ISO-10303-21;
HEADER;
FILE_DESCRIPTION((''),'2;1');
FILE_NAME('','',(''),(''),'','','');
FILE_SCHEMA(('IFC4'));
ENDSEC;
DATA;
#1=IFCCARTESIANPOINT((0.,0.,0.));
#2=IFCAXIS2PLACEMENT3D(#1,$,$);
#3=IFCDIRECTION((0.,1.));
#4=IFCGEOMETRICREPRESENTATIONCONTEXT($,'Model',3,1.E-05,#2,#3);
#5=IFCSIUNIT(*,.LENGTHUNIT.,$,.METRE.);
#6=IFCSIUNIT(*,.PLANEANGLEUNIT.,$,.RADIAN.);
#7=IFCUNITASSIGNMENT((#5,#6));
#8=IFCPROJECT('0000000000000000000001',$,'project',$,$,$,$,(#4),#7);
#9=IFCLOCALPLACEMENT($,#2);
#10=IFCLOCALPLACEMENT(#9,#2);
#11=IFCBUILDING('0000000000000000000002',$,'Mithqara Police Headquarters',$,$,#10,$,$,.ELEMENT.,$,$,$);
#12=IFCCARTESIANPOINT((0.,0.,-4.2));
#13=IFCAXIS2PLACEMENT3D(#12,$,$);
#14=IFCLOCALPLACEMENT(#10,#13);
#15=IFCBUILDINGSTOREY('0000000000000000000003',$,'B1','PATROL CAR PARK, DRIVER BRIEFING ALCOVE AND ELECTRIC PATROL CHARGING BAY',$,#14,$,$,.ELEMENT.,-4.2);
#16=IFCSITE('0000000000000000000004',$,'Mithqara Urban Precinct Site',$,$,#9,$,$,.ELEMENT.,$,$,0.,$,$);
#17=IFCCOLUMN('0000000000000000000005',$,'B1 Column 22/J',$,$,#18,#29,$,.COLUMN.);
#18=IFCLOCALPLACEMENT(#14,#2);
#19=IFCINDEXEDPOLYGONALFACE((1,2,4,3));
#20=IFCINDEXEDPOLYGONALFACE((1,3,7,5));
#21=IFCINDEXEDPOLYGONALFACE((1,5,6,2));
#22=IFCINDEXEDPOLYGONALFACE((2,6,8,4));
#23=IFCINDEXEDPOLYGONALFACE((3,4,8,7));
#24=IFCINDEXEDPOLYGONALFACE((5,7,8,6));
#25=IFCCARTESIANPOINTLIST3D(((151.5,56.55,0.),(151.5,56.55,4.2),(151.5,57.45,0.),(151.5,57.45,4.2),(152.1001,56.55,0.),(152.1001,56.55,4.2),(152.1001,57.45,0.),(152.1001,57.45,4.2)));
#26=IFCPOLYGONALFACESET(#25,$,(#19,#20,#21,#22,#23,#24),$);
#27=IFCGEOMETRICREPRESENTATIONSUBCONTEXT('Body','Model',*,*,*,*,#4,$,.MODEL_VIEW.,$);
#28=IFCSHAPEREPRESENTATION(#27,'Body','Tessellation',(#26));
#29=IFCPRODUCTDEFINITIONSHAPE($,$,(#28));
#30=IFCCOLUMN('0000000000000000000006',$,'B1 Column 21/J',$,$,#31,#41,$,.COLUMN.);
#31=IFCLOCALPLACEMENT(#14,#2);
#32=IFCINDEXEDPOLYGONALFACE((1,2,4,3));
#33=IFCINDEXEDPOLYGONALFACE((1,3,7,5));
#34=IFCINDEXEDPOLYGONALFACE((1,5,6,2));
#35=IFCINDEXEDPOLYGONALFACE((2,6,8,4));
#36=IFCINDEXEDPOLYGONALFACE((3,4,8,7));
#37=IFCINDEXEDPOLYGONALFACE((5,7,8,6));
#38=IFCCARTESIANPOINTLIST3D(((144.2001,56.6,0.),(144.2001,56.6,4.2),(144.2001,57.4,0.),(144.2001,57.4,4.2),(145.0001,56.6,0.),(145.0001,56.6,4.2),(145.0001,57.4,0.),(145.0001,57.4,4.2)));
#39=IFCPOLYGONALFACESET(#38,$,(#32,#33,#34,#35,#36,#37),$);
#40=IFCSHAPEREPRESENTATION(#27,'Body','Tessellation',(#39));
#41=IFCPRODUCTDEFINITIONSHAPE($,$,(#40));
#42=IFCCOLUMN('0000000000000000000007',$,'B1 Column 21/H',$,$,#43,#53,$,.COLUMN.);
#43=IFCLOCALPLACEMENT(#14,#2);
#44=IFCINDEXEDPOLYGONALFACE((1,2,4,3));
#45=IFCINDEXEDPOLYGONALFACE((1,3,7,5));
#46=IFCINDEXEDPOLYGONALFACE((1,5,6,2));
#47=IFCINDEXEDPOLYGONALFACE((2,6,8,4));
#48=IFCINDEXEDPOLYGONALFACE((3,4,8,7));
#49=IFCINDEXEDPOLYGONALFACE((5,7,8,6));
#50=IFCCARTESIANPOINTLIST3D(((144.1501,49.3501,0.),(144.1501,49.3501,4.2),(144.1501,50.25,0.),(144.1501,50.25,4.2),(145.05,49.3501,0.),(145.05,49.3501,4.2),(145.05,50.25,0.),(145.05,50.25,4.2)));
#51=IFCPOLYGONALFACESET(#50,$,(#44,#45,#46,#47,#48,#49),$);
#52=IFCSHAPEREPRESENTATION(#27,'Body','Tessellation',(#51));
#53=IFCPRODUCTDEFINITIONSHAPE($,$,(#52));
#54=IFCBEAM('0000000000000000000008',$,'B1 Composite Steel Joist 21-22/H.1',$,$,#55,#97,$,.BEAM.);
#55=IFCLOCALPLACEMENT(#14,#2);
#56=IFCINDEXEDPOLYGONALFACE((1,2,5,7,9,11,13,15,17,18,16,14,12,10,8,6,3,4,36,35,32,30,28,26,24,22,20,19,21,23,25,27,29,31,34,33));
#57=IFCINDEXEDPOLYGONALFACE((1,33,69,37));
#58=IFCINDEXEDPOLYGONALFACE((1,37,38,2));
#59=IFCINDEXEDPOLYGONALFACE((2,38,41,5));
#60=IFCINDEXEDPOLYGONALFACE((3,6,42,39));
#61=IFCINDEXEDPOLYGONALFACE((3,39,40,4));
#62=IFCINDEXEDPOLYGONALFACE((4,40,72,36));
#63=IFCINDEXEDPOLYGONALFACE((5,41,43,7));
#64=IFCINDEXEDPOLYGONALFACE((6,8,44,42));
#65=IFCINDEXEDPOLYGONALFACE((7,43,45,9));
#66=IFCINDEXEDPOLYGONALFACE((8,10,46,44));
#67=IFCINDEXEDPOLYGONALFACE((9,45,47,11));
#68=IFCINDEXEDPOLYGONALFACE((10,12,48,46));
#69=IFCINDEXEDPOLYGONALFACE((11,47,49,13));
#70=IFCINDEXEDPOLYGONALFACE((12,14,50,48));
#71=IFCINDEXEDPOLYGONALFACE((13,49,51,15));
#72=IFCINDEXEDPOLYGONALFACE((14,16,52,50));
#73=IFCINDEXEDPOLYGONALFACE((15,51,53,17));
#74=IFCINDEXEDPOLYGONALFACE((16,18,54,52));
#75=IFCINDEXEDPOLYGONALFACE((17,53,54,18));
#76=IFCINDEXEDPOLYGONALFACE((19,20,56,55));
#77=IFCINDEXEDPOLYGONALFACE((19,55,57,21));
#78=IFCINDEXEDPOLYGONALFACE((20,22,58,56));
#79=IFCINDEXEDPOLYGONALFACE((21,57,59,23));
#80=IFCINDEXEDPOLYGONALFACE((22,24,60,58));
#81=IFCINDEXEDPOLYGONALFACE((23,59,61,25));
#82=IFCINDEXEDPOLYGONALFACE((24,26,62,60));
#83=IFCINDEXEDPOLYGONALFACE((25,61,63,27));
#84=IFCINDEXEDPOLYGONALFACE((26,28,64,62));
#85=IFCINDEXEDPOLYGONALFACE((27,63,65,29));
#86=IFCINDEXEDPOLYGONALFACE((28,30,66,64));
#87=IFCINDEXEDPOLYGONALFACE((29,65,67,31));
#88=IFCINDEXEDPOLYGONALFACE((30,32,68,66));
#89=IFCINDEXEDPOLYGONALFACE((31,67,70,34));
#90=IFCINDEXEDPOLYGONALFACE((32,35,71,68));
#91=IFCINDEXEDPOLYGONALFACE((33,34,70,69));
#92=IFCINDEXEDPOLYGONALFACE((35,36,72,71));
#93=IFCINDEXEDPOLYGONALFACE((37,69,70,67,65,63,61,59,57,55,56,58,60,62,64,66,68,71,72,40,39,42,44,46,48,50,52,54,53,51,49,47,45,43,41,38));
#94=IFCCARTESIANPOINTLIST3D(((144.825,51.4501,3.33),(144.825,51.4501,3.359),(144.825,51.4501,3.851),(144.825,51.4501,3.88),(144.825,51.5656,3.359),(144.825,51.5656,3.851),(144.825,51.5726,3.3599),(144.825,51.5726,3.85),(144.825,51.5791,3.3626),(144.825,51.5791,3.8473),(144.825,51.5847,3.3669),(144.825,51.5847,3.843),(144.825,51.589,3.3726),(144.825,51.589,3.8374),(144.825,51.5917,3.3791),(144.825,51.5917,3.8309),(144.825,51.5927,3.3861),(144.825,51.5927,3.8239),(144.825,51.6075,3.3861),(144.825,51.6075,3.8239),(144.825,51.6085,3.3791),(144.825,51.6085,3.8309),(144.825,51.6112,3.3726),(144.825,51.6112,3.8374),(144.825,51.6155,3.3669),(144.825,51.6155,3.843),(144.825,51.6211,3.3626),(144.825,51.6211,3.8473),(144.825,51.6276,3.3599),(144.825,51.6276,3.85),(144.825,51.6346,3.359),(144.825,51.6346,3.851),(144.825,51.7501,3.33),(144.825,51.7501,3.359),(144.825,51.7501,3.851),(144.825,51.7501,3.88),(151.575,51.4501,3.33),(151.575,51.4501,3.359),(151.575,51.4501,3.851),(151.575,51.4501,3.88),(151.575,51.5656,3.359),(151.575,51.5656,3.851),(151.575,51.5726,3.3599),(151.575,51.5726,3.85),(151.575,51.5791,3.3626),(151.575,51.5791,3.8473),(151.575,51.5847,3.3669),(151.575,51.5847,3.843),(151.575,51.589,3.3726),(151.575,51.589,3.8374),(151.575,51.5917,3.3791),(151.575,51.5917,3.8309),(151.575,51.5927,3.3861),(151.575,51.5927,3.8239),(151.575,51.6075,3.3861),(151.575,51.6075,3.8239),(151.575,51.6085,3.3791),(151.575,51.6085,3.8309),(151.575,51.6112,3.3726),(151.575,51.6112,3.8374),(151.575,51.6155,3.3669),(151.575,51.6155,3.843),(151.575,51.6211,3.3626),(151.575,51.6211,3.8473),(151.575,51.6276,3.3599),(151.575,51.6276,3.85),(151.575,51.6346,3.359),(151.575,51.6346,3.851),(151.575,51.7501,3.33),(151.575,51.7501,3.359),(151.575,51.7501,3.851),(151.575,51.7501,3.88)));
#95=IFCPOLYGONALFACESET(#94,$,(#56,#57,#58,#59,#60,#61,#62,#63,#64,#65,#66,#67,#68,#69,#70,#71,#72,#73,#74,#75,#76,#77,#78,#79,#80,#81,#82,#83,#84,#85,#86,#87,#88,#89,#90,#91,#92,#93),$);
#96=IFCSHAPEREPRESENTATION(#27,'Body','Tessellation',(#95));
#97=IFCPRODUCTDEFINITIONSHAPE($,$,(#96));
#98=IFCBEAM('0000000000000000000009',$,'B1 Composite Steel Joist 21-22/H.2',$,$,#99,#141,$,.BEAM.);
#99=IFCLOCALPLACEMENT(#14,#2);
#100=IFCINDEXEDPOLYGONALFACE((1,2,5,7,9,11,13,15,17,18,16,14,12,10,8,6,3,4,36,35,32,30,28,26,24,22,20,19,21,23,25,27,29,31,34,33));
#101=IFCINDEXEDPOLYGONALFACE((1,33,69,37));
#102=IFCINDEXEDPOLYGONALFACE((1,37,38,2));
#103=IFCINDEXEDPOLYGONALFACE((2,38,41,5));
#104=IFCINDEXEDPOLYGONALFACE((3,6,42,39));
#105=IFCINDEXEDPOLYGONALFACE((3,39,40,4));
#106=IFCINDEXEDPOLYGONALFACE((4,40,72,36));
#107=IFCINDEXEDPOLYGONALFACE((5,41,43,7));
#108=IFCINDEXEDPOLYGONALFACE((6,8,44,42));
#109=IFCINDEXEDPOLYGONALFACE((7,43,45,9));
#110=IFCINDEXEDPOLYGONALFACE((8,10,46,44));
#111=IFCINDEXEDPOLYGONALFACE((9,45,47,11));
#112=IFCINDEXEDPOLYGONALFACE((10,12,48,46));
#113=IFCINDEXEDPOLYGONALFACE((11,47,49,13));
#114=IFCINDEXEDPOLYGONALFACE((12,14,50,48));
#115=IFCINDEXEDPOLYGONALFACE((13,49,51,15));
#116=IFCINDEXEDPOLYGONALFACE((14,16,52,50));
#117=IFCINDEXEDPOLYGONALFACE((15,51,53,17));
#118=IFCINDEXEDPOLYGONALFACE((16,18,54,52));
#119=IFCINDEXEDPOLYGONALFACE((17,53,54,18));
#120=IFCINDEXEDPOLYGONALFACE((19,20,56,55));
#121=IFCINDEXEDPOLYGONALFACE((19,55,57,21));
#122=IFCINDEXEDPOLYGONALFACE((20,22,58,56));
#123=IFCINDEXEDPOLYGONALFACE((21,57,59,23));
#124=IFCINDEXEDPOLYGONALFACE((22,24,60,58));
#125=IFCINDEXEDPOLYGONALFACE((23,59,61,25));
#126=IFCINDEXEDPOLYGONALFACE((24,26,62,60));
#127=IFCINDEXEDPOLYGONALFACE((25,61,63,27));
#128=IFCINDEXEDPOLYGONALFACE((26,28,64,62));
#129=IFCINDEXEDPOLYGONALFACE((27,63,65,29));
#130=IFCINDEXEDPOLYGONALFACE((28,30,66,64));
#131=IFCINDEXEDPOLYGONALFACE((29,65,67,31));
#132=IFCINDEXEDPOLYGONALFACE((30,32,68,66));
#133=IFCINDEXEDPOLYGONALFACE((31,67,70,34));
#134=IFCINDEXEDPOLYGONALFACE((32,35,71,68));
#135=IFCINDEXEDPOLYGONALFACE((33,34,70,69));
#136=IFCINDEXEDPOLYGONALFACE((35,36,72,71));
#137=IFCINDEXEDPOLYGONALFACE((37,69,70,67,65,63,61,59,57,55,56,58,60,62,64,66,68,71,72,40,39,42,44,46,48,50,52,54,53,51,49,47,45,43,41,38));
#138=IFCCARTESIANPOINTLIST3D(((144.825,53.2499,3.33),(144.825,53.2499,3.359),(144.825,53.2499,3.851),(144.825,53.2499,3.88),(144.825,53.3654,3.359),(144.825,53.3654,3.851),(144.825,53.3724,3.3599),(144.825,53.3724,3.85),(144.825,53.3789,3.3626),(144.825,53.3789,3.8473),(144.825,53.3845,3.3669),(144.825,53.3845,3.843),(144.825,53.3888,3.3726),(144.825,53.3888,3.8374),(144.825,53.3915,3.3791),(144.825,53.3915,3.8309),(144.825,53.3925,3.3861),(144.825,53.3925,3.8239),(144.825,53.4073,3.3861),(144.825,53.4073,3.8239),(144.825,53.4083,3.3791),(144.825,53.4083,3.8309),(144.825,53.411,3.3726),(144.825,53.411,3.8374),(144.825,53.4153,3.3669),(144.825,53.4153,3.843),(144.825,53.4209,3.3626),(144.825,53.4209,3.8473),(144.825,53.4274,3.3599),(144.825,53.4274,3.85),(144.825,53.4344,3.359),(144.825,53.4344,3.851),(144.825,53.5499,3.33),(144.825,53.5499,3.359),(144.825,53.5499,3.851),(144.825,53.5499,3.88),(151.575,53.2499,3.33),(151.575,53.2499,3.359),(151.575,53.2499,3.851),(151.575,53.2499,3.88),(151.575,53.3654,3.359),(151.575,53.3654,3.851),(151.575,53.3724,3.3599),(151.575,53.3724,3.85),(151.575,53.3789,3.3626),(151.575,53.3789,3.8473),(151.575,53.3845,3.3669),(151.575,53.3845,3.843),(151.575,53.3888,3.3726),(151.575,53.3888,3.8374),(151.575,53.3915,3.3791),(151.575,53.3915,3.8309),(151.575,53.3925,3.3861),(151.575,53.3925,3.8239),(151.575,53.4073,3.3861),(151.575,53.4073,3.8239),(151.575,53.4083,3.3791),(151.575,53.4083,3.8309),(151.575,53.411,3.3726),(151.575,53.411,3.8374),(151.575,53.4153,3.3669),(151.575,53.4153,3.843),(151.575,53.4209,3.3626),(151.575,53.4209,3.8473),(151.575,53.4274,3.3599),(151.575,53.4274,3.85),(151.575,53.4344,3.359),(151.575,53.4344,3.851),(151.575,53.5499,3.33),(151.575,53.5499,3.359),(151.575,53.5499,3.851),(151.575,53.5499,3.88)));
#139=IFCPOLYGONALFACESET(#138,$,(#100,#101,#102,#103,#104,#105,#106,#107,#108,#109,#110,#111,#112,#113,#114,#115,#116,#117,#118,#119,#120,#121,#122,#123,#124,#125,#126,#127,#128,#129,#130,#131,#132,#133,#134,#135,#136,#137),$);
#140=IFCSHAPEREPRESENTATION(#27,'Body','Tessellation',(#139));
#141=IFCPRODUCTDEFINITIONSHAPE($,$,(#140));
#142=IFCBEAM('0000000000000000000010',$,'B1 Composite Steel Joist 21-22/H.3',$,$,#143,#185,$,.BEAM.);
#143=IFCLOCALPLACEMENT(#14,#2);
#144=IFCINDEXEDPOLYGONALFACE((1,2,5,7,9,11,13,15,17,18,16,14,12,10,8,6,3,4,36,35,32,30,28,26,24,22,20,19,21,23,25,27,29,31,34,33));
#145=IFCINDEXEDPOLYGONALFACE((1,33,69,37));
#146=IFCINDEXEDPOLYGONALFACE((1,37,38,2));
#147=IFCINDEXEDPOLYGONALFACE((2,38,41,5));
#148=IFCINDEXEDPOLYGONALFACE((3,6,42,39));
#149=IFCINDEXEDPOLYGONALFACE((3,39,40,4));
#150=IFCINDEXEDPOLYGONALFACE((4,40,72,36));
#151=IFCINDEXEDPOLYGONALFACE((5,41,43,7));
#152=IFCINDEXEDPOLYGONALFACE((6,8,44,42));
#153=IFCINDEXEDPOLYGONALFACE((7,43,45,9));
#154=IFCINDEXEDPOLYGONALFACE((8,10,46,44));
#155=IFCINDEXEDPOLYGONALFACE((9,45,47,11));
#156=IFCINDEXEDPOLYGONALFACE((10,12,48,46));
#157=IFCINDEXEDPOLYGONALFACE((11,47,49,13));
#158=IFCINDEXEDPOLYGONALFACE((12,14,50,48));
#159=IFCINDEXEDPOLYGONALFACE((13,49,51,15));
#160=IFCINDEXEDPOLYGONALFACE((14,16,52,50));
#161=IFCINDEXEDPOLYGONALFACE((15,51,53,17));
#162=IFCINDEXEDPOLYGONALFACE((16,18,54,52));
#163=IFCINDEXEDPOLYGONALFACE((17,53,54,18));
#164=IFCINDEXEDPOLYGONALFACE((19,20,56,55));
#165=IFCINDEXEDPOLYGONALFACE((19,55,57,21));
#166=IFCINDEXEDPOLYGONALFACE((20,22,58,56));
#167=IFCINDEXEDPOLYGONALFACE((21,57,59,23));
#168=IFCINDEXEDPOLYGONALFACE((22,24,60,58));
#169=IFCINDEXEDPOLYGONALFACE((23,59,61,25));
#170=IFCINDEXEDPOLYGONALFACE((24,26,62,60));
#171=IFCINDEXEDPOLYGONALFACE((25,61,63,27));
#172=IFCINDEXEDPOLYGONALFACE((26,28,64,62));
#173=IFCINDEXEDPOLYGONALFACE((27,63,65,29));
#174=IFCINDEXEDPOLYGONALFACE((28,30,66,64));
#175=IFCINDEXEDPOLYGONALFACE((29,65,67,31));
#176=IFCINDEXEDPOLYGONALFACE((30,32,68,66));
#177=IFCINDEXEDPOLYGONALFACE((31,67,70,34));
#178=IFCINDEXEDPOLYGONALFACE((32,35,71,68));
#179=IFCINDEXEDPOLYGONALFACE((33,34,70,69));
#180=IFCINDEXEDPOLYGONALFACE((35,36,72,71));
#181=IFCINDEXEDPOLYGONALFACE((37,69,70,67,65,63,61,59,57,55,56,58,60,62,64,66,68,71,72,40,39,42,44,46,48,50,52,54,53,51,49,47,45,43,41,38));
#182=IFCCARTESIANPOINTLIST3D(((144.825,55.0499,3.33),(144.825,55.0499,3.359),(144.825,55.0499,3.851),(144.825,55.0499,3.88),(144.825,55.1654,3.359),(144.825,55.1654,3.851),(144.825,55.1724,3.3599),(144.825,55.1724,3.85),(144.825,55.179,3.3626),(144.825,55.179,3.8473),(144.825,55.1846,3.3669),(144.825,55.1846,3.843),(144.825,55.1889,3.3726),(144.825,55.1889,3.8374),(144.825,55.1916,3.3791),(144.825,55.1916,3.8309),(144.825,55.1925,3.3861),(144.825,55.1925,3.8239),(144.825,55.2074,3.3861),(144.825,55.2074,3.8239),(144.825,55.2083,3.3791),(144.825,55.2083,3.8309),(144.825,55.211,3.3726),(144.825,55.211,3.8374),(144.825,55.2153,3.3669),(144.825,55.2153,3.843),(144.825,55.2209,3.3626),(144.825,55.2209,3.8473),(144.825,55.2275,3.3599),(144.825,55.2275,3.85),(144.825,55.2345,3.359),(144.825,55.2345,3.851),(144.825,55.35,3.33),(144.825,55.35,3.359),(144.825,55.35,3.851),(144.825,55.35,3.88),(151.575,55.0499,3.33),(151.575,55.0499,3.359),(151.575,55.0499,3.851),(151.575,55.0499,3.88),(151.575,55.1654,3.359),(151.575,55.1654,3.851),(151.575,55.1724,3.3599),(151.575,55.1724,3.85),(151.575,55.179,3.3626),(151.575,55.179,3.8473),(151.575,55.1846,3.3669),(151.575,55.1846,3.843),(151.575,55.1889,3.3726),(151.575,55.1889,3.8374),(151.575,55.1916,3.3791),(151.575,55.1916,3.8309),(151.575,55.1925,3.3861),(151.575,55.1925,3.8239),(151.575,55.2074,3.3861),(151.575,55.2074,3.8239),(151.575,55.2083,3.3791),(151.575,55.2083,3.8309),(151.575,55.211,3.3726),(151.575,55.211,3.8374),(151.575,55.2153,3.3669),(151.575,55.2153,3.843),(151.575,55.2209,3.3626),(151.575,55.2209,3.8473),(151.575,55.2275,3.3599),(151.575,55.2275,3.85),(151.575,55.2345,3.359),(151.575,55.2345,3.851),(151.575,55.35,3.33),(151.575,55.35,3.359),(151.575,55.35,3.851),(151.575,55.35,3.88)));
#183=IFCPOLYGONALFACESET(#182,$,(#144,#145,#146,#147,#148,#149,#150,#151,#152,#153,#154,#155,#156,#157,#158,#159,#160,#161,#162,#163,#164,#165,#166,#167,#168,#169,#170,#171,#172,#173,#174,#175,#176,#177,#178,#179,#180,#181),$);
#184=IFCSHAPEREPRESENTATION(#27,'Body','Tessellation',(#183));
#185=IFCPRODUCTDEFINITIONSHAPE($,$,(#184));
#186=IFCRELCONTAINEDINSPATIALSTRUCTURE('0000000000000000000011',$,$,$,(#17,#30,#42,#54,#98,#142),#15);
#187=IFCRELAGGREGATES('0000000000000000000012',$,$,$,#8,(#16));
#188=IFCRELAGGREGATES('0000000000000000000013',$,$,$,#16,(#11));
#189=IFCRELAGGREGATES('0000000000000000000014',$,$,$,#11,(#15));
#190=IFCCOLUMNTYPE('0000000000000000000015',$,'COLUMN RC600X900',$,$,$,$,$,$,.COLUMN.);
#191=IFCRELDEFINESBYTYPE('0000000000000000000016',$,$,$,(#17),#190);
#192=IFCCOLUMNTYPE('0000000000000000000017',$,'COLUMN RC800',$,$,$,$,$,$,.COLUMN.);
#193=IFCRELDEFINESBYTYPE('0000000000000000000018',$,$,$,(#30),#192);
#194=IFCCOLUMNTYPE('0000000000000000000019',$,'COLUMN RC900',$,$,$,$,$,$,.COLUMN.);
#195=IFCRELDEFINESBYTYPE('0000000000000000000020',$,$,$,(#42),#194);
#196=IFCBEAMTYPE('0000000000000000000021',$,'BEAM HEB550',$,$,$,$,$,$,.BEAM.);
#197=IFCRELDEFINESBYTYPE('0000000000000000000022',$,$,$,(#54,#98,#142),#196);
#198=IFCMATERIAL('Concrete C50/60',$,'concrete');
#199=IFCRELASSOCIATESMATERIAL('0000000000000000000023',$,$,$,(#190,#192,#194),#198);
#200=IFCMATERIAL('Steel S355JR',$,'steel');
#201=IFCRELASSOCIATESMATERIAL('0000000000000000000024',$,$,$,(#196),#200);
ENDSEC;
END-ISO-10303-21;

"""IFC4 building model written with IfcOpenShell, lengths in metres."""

from ifc_helpers import new_model, si_unit, direction, frame, origin, origin_2d, place, context, subcontext, project, spatial, rectangle, i_section, extrude, material, material_profile, profile_set, type_object, element, save


model = new_model("IFC4")

# Units and contexts
model_context = context("Model", 3, precision=1e-05, world=origin(), true_north=direction((0.0, 1.0)))
body_context = subcontext(model_context, "Body", "Model", "MODEL_VIEW")
ifc_project = project(units=[si_unit("LENGTHUNIT", "METRE"), si_unit("PLANEANGLEUNIT", "RADIAN")], contexts=[model_context])

# Site, building, storey
site_placement = place(None, origin())
site = spatial("IfcSite", under=ifc_project, at=site_placement, Name="Mithqara Urban Precinct Site", CompositionType="ELEMENT", RefElevation=0.0)
building_placement = place(site_placement, origin())
building = spatial("IfcBuilding", under=site, at=building_placement, Name="Mithqara Police Headquarters", CompositionType="ELEMENT")
storey_placement = place(building_placement, frame((0.0, 0.0, -4.2)))
storey = spatial("IfcBuildingStorey", under=building, at=storey_placement, Name="B1", Description="PATROL CAR PARK, DRIVER BRIEFING ALCOVE AND ELECTRIC PATROL CHARGING BAY", CompositionType="ELEMENT", Elevation=-4.2)

# Columns
ifc_material_1 = material(Name="Concrete C50/60", Category="concrete")
ifc_material_profile_1 = material_profile(ifc_material_1, rectangle(XDim=0.6001, YDim=0.8999, at=origin_2d()), Name="RC 600x900")
ifc_profile_set_1 = profile_set([ifc_material_profile_1], Name="Concrete C50/60")
column_type_1 = type_object("IfcColumnType", Name="COLUMN RC600X900", PredefinedType="COLUMN", material=ifc_profile_set_1)
column_1_placement = place(storey_placement, frame((151.8, 57.0, 0.0), z_axis=(0.0, 0.0, 1.0), x_axis=(1.0, 0.0, 0.0)))
element("IfcColumn", 1, at=column_1_placement, inside=storey, type_object=column_type_1, Name="B1 Column 22/J", PredefinedType="COLUMN", context=body_context, shape_type="SweptSolid", body=[
    extrude(rectangle(XDim=0.6001, YDim=0.8999, at=origin_2d()), origin(), (0.0, 0.0, 1.0), 4.2),
])
ifc_material_profile_2 = material_profile(ifc_material_1, rectangle(XDim=0.8, YDim=0.8, at=origin_2d()), Name="RC 800x800")
ifc_profile_set_2 = profile_set([ifc_material_profile_2], Name="Concrete C50/60")
column_type_2 = type_object("IfcColumnType", Name="COLUMN RC800", PredefinedType="COLUMN", material=ifc_profile_set_2)
column_2_placement = place(storey_placement, frame((144.6001, 57.0, 0.0), z_axis=(0.0, 0.0, 1.0), x_axis=(1.0, 0.0, 0.0)))
element("IfcColumn", 2, at=column_2_placement, inside=storey, type_object=column_type_2, Name="B1 Column 21/J", PredefinedType="COLUMN", context=body_context, shape_type="SweptSolid", body=[
    extrude(rectangle(XDim=0.8, YDim=0.8, at=origin_2d()), origin(), (0.0, 0.0, 1.0), 4.2),
])
ifc_material_profile_3 = material_profile(ifc_material_1, rectangle(XDim=0.8999, YDim=0.8999, at=origin_2d()), Name="RC 900x900")
ifc_profile_set_3 = profile_set([ifc_material_profile_3], Name="Concrete C50/60")
column_type_3 = type_object("IfcColumnType", Name="COLUMN RC900", PredefinedType="COLUMN", material=ifc_profile_set_3)
column_3_placement = place(storey_placement, frame((144.6001, 49.8, 0.0), z_axis=(0.0, 0.0, 1.0), x_axis=(1.0, 0.0, 0.0)))
element("IfcColumn", 3, at=column_3_placement, inside=storey, type_object=column_type_3, Name="B1 Column 21/H", PredefinedType="COLUMN", context=body_context, shape_type="SweptSolid", body=[
    extrude(rectangle(XDim=0.8999, YDim=0.8999, at=origin_2d()), origin(), (0.0, 0.0, 1.0), 4.2),
])

# Beams
ifc_material_2 = material(Name="Steel S355JR", Category="steel")
ifc_material_profile_4 = material_profile(ifc_material_2, i_section(OverallWidth=0.3, OverallDepth=0.55, WebThickness=0.0149, FlangeThickness=0.0291, FilletRadius=0.0271, at=origin_2d()), Name="HEB 550")
ifc_profile_set_4 = profile_set([ifc_material_profile_4], Name="Steel S355JR")
beam_type_1 = type_object("IfcBeamType", Name="BEAM HEB550", PredefinedType="BEAM", material=ifc_profile_set_4)
for number, where, z_axis, x_axis, name in (
    (4, (144.825, 51.6001, 3.605), (1.0, 0.0, 0.0), (0.0, 1.0, 0.0), "B1 Composite Steel Joist 21-22/H.1"),
    (5, (144.825, 53.3999, 3.605), (1.0, 0.0, 0.0), (0.0, 1.0, 0.0), "B1 Composite Steel Joist 21-22/H.2"),
    (6, (144.825, 55.2, 3.605), (1.0, 0.0, 0.0), (0.0, 1.0, 0.0), "B1 Composite Steel Joist 21-22/H.3"),
):
    element("IfcBeam", number, at=place(storey_placement, frame(where, z_axis=z_axis, x_axis=x_axis)), inside=storey, type_object=beam_type_1, Name=name, PredefinedType="BEAM", context=body_context, shape_type="SweptSolid", body=[
        extrude(i_section(OverallWidth=0.3, OverallDepth=0.55, WebThickness=0.0149, FlangeThickness=0.0291, FilletRadius=0.0271, at=origin_2d()), origin(), (0.0, 0.0, 1.0), 6.75),
    ])

save(model, "model.ifc")
